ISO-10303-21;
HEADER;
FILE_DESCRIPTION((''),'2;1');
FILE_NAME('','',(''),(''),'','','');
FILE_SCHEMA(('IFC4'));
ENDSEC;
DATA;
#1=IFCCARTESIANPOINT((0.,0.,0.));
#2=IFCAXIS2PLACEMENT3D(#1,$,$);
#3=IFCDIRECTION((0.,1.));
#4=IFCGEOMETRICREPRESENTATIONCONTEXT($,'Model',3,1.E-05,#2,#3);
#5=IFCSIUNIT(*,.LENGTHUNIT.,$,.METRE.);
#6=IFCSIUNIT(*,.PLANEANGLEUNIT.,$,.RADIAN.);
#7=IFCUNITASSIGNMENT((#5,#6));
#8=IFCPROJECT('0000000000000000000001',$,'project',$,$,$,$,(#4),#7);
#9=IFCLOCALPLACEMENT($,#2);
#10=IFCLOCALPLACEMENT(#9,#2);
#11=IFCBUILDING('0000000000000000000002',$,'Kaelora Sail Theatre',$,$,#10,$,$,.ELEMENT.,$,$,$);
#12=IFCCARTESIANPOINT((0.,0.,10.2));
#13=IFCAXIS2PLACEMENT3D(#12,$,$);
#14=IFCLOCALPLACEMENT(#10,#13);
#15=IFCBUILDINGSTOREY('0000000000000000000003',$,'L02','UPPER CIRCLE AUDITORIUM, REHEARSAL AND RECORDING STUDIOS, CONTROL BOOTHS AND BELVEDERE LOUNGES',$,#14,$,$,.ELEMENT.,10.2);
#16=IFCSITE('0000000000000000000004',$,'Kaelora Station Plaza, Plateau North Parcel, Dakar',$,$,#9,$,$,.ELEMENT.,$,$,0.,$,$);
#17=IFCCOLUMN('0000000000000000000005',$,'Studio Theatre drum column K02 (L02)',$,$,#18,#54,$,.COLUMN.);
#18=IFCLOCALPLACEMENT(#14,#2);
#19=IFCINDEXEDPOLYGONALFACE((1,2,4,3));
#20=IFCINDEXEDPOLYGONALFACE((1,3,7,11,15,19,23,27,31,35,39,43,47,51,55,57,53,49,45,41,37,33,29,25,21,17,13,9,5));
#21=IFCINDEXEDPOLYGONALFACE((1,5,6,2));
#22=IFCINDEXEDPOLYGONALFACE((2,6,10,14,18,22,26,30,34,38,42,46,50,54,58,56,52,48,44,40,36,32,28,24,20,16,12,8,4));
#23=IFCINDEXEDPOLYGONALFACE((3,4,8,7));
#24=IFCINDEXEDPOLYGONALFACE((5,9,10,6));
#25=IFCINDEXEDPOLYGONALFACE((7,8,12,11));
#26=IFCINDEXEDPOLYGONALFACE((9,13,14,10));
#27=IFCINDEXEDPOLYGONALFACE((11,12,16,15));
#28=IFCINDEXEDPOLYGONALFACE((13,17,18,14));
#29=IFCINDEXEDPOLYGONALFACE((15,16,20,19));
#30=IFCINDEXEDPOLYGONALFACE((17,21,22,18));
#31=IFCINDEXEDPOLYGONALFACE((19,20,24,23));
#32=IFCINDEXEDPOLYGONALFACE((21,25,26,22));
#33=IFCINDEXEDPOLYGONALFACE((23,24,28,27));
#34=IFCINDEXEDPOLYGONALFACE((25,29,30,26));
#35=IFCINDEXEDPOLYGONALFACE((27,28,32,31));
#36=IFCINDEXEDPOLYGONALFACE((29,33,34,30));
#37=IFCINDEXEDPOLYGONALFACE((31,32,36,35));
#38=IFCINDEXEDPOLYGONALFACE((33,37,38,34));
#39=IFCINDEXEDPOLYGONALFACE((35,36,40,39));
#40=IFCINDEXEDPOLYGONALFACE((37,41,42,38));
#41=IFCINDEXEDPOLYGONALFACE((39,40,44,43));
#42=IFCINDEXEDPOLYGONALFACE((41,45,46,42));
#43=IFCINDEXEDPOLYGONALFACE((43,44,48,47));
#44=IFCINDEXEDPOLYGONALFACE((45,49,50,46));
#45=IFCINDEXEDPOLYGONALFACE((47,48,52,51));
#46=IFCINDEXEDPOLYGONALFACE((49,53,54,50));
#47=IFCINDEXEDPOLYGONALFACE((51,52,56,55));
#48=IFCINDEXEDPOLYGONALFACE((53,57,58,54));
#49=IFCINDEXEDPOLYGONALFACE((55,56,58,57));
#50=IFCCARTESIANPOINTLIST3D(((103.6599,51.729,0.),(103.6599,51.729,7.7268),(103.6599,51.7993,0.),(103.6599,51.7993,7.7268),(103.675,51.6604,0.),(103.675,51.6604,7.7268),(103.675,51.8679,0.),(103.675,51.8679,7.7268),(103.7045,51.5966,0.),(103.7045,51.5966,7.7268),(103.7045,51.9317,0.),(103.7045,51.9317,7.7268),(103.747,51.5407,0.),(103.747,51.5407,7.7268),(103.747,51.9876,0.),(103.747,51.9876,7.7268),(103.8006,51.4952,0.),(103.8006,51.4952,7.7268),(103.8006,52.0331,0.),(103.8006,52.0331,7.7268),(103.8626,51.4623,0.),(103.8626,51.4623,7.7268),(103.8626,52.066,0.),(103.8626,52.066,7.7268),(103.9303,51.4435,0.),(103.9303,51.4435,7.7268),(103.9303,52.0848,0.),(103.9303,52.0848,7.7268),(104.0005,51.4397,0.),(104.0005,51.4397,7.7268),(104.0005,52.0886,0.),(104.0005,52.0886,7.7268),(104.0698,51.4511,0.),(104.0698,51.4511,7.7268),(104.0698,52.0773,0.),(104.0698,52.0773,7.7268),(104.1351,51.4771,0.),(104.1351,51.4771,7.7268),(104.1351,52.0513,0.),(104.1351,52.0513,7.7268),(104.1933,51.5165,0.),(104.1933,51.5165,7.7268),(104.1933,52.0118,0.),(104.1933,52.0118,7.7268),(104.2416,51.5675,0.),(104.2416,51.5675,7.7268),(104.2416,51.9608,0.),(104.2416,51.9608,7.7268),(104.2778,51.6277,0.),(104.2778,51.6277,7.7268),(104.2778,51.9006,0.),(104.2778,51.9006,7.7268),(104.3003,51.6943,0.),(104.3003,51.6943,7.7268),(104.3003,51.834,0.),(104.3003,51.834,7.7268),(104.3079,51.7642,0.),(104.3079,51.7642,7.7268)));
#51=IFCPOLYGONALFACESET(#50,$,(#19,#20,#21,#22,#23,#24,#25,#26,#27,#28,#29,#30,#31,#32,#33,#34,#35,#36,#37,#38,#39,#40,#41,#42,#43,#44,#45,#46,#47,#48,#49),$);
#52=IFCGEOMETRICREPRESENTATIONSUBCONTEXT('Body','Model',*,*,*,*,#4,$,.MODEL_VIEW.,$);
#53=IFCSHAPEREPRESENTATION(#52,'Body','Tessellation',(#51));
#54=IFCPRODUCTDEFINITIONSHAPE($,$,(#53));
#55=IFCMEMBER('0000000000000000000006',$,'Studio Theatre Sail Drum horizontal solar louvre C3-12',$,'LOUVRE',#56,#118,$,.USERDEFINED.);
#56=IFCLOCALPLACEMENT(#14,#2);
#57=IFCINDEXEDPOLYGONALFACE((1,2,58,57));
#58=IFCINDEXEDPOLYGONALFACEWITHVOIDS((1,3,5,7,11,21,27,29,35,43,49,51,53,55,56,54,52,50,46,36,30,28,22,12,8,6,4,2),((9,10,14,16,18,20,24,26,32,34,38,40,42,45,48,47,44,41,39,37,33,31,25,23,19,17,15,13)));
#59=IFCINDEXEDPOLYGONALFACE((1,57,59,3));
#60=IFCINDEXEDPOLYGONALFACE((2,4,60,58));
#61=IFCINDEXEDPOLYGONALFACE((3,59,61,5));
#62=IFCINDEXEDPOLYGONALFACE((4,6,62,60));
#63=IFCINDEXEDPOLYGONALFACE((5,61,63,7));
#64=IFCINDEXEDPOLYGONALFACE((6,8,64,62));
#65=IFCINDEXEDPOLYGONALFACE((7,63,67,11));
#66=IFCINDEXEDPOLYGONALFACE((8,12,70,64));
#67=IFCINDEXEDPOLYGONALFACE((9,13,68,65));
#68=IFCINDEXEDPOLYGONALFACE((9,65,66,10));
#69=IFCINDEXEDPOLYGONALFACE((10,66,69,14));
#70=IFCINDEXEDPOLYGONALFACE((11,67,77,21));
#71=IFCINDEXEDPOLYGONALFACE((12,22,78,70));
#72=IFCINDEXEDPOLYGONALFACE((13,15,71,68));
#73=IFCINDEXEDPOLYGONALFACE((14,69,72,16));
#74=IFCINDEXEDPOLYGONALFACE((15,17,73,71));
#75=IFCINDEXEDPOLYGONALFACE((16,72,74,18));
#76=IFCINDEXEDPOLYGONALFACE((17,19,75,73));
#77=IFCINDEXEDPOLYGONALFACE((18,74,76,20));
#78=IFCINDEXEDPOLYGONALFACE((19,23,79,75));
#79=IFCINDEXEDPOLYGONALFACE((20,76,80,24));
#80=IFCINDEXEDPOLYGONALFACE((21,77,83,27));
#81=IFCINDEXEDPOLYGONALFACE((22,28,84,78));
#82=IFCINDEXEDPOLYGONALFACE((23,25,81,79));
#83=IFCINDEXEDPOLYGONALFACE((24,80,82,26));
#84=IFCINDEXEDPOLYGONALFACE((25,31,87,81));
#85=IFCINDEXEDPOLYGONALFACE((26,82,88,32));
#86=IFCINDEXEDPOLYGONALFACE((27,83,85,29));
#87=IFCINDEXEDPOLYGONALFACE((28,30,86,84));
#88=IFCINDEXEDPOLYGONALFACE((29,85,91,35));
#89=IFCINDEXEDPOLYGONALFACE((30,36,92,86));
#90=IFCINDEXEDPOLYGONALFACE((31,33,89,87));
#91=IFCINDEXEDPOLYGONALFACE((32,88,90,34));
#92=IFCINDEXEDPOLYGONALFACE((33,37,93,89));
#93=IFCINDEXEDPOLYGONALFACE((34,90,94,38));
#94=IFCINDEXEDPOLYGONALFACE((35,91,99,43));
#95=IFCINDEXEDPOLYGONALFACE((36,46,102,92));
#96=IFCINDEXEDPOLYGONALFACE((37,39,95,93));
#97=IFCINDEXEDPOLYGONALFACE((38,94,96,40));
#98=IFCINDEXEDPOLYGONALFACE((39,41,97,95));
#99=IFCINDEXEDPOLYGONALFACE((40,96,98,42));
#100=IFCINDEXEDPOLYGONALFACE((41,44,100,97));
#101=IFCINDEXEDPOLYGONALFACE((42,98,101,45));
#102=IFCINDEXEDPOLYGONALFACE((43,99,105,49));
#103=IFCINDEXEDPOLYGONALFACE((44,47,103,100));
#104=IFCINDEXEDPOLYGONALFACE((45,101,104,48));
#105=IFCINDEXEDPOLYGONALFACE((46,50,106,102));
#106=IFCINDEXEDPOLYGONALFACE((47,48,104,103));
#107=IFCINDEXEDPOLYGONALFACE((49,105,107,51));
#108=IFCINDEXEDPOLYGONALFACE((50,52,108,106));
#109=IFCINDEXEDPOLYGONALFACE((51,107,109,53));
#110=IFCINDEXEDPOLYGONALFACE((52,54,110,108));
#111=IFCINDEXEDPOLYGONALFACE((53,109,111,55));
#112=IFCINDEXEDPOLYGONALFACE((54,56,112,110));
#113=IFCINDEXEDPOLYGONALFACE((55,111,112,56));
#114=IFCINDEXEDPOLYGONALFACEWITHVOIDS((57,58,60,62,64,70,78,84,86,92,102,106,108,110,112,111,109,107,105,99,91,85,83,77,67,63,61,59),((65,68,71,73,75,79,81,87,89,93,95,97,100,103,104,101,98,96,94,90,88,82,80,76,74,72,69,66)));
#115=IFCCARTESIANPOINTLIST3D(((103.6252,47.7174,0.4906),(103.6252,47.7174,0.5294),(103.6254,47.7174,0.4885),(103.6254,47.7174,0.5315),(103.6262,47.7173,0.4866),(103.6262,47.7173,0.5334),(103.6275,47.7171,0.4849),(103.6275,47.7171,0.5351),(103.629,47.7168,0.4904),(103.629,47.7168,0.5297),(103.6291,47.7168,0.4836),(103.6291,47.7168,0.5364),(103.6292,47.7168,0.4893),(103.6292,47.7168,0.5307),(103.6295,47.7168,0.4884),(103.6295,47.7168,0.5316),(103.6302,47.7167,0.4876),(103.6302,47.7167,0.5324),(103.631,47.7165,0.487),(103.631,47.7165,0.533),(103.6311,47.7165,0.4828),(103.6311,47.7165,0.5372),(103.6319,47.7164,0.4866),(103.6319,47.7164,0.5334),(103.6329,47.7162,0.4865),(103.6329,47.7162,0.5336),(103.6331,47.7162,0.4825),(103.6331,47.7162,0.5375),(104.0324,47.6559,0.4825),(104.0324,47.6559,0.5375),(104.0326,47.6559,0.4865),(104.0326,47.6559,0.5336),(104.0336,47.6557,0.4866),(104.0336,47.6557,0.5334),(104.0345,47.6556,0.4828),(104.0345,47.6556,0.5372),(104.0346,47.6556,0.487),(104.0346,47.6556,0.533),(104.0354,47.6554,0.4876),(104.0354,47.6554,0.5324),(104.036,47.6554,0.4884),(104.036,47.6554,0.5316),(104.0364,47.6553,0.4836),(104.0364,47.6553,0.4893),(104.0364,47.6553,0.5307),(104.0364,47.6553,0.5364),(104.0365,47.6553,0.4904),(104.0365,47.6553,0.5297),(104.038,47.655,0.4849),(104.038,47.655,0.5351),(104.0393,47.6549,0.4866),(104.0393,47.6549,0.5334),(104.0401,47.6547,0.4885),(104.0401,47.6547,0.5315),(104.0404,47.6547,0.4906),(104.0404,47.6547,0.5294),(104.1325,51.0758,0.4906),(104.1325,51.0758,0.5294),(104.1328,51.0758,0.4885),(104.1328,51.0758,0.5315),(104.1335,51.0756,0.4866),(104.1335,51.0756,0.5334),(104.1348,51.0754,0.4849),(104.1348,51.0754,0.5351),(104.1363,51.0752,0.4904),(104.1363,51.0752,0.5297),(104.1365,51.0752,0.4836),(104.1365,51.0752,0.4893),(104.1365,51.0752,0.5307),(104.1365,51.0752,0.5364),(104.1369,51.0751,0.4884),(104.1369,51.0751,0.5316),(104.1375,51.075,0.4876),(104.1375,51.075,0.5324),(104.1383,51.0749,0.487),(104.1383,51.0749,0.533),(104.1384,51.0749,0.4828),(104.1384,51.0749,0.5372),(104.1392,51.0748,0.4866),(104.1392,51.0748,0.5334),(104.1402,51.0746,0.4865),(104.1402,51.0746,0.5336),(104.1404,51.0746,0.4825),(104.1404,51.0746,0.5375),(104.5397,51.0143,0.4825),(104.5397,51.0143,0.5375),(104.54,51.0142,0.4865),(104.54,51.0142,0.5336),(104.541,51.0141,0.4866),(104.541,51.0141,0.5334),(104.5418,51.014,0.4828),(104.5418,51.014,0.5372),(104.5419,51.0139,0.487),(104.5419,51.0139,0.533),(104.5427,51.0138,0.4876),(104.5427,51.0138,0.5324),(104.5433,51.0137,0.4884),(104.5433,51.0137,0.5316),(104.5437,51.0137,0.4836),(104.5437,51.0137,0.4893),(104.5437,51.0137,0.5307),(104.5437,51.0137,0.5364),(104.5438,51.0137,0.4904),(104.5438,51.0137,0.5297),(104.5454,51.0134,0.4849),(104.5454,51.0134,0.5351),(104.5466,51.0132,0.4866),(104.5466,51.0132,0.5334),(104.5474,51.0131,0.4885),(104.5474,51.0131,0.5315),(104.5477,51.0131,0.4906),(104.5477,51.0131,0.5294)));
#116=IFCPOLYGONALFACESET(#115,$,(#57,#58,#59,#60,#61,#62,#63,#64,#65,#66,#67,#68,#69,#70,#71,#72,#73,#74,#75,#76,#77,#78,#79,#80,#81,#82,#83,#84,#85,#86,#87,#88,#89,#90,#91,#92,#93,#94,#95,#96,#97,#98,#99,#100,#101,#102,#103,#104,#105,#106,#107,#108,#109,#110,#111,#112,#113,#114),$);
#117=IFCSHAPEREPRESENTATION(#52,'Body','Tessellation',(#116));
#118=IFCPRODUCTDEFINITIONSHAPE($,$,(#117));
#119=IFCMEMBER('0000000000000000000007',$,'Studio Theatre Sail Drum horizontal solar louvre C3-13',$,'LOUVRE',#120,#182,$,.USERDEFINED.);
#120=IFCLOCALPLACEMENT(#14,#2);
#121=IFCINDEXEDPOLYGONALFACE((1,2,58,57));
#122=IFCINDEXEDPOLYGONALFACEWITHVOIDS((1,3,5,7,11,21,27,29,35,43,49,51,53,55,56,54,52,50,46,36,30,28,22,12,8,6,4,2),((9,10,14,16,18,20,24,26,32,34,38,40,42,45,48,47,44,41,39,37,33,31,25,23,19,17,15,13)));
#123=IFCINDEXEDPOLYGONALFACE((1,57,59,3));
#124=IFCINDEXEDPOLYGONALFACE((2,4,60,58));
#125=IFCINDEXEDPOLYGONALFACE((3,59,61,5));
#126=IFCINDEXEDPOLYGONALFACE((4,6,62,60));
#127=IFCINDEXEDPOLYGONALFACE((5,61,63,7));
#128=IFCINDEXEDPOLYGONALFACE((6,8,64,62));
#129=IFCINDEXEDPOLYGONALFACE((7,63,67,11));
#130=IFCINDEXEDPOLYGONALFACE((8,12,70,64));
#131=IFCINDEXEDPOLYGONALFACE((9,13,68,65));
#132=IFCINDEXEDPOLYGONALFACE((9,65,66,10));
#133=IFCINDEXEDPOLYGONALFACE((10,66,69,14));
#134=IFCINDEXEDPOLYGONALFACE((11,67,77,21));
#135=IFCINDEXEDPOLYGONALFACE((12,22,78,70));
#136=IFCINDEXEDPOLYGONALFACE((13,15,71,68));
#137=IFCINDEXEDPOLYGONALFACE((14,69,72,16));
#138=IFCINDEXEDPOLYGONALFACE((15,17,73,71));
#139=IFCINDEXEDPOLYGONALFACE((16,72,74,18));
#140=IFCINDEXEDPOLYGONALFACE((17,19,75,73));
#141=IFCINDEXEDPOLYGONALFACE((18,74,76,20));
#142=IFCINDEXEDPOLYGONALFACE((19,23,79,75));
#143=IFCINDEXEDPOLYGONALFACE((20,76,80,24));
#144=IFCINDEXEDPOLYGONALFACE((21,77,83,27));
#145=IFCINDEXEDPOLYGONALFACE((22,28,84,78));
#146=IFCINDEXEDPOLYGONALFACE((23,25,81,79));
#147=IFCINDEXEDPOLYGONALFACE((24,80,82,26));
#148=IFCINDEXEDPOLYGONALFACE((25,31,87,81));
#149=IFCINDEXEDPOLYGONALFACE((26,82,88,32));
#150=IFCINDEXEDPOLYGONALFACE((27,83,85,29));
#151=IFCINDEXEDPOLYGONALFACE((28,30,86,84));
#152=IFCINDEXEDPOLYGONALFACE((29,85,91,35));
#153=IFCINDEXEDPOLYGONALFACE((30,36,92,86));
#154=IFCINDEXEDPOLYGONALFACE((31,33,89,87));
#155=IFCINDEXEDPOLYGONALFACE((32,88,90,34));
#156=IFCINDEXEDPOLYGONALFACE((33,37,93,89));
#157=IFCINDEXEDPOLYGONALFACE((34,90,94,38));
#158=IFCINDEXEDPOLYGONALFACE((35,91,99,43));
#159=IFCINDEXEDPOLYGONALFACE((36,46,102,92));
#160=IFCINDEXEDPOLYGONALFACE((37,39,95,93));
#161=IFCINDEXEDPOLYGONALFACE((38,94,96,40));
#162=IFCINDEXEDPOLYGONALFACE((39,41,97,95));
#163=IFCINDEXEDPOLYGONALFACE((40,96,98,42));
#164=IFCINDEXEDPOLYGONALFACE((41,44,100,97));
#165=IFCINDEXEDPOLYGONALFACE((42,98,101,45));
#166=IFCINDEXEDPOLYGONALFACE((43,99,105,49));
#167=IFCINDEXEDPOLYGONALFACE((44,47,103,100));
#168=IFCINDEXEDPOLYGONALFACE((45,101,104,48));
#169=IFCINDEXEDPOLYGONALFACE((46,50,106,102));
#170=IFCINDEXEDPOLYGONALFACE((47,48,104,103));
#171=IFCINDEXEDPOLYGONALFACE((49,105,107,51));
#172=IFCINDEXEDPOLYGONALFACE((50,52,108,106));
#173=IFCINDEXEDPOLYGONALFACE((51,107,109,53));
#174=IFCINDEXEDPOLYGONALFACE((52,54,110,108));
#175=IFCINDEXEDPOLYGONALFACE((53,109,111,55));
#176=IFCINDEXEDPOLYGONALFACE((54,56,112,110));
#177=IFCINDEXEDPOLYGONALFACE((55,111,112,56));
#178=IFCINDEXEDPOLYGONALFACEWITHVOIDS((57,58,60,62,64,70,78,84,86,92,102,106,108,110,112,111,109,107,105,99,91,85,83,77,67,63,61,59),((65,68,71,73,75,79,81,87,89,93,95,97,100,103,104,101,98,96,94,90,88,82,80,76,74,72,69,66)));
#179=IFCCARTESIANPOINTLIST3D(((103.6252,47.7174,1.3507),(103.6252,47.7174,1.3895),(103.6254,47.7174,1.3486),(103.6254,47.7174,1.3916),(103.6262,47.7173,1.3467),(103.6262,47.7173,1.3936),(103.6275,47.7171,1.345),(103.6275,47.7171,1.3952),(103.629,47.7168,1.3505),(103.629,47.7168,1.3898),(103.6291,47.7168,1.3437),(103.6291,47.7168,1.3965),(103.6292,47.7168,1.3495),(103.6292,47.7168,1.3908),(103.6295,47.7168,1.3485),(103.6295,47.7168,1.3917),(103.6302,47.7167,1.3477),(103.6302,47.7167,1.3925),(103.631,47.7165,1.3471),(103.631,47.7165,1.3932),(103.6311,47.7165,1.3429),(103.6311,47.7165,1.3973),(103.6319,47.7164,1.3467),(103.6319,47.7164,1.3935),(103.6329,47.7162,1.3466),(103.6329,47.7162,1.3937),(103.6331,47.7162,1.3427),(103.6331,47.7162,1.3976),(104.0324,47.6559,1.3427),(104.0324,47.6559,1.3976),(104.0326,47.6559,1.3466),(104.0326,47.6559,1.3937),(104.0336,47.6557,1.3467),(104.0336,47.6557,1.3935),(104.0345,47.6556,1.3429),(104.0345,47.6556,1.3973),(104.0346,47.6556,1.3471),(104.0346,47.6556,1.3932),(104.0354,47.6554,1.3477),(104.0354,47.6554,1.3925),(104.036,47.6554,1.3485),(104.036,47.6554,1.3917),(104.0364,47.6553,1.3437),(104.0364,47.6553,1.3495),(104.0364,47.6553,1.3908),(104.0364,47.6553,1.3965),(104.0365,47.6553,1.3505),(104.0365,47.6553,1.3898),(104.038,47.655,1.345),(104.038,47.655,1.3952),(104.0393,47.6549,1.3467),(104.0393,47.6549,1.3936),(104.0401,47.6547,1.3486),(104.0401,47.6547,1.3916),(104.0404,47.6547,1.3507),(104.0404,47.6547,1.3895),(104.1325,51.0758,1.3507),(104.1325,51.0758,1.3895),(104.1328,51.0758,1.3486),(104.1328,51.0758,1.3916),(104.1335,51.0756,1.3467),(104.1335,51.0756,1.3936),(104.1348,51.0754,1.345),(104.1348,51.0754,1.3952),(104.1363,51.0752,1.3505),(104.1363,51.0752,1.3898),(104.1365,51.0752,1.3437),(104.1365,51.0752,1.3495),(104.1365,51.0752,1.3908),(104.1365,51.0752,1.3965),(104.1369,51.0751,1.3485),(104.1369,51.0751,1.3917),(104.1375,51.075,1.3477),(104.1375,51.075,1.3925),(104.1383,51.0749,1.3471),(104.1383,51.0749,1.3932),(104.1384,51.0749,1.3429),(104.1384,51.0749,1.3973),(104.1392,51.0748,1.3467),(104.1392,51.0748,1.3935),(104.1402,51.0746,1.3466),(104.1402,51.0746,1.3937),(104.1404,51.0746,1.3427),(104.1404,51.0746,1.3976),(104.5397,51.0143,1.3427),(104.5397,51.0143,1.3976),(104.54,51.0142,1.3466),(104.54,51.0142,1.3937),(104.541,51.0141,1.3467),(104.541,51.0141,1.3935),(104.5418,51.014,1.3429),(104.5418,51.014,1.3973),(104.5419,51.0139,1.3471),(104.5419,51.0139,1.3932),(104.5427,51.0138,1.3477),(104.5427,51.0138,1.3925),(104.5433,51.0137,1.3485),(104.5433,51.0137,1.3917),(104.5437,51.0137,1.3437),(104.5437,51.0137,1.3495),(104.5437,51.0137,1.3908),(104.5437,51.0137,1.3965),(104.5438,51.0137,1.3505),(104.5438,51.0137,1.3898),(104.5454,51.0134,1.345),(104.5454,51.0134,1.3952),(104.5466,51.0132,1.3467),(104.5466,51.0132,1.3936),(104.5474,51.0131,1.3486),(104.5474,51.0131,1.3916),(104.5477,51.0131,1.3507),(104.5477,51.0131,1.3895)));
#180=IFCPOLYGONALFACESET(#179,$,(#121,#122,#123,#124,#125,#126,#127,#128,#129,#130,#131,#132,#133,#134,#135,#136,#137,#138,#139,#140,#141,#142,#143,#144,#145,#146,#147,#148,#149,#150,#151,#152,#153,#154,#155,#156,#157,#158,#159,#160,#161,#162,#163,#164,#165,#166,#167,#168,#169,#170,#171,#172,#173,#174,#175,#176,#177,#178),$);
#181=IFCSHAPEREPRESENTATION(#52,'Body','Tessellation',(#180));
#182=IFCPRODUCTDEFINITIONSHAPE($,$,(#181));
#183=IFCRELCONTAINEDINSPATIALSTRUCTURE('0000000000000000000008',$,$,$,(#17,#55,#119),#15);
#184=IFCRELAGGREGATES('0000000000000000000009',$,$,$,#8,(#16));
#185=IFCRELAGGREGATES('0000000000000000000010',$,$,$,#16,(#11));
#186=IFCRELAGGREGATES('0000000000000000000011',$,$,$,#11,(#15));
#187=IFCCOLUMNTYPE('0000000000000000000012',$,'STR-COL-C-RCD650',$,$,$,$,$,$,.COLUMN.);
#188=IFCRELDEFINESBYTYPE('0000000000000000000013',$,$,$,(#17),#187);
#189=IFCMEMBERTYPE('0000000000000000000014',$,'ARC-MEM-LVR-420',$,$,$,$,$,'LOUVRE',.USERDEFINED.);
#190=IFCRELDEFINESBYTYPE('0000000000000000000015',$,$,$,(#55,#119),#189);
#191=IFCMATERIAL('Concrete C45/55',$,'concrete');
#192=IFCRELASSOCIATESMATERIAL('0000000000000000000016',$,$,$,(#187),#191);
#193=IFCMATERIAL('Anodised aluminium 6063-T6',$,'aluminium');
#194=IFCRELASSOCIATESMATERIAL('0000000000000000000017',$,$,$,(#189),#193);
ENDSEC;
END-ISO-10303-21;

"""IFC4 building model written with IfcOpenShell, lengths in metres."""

from ifc_helpers import new_model, si_unit, direction, frame, origin, origin_2d, place, context, subcontext, project, spatial, hollow_rectangle, circle, extrude, material, material_profile, profile_set, type_object, element, save


model = new_model("IFC4")

# Units and contexts
model_context = context("Model", 3, precision=1e-05, world=origin(), true_north=direction((0.0, 1.0)))
body_context = subcontext(model_context, "Body", "Model", "MODEL_VIEW")
ifc_project = project(units=[si_unit("LENGTHUNIT", "METRE"), si_unit("PLANEANGLEUNIT", "RADIAN")], contexts=[model_context])

# Site, building, storey
site_placement = place(None, origin())
site = spatial("IfcSite", under=ifc_project, at=site_placement, Name="Kaelora Station Plaza, Plateau North Parcel, Dakar", CompositionType="ELEMENT", RefElevation=0.0)
building_placement = place(site_placement, origin())
building = spatial("IfcBuilding", under=site, at=building_placement, Name="Kaelora Sail Theatre", CompositionType="ELEMENT")
storey_placement = place(building_placement, frame((0.0, 0.0, 10.2)))
storey = spatial("IfcBuildingStorey", under=building, at=storey_placement, Name="L02", Description="UPPER CIRCLE AUDITORIUM, REHEARSAL AND RECORDING STUDIOS, CONTROL BOOTHS AND BELVEDERE LOUNGES", CompositionType="ELEMENT", Elevation=10.2)

# Column
ifc_material_1 = material(Name="Concrete C45/55", Category="concrete")
ifc_material_profile_1 = material_profile(ifc_material_1, circle(Radius=0.325, at=origin_2d()), Name="RC-CCOL D650")
ifc_profile_set_1 = profile_set([ifc_material_profile_1], Name="Concrete C45/55")
column_type = type_object("IfcColumnType", Name="STR-COL-C-RCD650", PredefinedType="COLUMN", material=ifc_profile_set_1)
column_placement = place(storey_placement, frame((103.9829, 51.7642, 0.0), z_axis=(0.0, 0.0, 1.0), x_axis=(1.0, 0.0, 0.0)))
element("IfcColumn", 1, at=column_placement, inside=storey, type_object=column_type, Name="Studio Theatre drum column K02 (L02)", PredefinedType="COLUMN", context=body_context, shape_type="SweptSolid", body=[
    extrude(circle(Radius=0.325, at=origin_2d()), origin(), (0.0, 0.0, 1.0), 7.7268),
])

# Members
ifc_material_2 = material(Name="Anodised aluminium 6063-T6", Category="aluminium")
ifc_material_profile_2 = material_profile(ifc_material_2, hollow_rectangle(XDim=0.4199, YDim=0.0549, WallThickness=0.0039, InnerFilletRadius=0.0039, OuterFilletRadius=0.0081, at=origin_2d()), Name="LOUVRE 420x55x4")
ifc_profile_set_2 = profile_set([ifc_material_profile_2], Name="Anodised aluminium 6063-T6")
member_type = type_object("IfcMemberType", Name="ARC-MEM-LVR-420", ElementType="LOUVRE", PredefinedType="USERDEFINED", material=ifc_profile_set_2)
for number, where, z_axis, x_axis, name in (
    (2, (104.3401, 51.0444, 0.51), (-0.149367, -0.988782, 0.0), (0.988782, -0.149367, 0.0), "Studio Theatre Sail Drum horizontal solar louvre C3-12"),
    (3, (104.3401, 51.0444, 1.3701), (-0.149367, -0.988782, 0.0), (0.988782, -0.149367, 0.0), "Studio Theatre Sail Drum horizontal solar louvre C3-13"),
):
    element("IfcMember", number, at=place(storey_placement, frame(where, z_axis=z_axis, x_axis=x_axis)), inside=storey, type_object=member_type, Name=name, ObjectType="LOUVRE", PredefinedType="USERDEFINED", context=body_context, shape_type="SweptSolid", body=[
        extrude(hollow_rectangle(XDim=0.4199, YDim=0.0549, WallThickness=0.0039, InnerFilletRadius=0.0039, OuterFilletRadius=0.0081, at=origin_2d()), origin(), (0.0, 0.0, 1.0), 3.3965),
    ])

save(model, "model.ifc")
